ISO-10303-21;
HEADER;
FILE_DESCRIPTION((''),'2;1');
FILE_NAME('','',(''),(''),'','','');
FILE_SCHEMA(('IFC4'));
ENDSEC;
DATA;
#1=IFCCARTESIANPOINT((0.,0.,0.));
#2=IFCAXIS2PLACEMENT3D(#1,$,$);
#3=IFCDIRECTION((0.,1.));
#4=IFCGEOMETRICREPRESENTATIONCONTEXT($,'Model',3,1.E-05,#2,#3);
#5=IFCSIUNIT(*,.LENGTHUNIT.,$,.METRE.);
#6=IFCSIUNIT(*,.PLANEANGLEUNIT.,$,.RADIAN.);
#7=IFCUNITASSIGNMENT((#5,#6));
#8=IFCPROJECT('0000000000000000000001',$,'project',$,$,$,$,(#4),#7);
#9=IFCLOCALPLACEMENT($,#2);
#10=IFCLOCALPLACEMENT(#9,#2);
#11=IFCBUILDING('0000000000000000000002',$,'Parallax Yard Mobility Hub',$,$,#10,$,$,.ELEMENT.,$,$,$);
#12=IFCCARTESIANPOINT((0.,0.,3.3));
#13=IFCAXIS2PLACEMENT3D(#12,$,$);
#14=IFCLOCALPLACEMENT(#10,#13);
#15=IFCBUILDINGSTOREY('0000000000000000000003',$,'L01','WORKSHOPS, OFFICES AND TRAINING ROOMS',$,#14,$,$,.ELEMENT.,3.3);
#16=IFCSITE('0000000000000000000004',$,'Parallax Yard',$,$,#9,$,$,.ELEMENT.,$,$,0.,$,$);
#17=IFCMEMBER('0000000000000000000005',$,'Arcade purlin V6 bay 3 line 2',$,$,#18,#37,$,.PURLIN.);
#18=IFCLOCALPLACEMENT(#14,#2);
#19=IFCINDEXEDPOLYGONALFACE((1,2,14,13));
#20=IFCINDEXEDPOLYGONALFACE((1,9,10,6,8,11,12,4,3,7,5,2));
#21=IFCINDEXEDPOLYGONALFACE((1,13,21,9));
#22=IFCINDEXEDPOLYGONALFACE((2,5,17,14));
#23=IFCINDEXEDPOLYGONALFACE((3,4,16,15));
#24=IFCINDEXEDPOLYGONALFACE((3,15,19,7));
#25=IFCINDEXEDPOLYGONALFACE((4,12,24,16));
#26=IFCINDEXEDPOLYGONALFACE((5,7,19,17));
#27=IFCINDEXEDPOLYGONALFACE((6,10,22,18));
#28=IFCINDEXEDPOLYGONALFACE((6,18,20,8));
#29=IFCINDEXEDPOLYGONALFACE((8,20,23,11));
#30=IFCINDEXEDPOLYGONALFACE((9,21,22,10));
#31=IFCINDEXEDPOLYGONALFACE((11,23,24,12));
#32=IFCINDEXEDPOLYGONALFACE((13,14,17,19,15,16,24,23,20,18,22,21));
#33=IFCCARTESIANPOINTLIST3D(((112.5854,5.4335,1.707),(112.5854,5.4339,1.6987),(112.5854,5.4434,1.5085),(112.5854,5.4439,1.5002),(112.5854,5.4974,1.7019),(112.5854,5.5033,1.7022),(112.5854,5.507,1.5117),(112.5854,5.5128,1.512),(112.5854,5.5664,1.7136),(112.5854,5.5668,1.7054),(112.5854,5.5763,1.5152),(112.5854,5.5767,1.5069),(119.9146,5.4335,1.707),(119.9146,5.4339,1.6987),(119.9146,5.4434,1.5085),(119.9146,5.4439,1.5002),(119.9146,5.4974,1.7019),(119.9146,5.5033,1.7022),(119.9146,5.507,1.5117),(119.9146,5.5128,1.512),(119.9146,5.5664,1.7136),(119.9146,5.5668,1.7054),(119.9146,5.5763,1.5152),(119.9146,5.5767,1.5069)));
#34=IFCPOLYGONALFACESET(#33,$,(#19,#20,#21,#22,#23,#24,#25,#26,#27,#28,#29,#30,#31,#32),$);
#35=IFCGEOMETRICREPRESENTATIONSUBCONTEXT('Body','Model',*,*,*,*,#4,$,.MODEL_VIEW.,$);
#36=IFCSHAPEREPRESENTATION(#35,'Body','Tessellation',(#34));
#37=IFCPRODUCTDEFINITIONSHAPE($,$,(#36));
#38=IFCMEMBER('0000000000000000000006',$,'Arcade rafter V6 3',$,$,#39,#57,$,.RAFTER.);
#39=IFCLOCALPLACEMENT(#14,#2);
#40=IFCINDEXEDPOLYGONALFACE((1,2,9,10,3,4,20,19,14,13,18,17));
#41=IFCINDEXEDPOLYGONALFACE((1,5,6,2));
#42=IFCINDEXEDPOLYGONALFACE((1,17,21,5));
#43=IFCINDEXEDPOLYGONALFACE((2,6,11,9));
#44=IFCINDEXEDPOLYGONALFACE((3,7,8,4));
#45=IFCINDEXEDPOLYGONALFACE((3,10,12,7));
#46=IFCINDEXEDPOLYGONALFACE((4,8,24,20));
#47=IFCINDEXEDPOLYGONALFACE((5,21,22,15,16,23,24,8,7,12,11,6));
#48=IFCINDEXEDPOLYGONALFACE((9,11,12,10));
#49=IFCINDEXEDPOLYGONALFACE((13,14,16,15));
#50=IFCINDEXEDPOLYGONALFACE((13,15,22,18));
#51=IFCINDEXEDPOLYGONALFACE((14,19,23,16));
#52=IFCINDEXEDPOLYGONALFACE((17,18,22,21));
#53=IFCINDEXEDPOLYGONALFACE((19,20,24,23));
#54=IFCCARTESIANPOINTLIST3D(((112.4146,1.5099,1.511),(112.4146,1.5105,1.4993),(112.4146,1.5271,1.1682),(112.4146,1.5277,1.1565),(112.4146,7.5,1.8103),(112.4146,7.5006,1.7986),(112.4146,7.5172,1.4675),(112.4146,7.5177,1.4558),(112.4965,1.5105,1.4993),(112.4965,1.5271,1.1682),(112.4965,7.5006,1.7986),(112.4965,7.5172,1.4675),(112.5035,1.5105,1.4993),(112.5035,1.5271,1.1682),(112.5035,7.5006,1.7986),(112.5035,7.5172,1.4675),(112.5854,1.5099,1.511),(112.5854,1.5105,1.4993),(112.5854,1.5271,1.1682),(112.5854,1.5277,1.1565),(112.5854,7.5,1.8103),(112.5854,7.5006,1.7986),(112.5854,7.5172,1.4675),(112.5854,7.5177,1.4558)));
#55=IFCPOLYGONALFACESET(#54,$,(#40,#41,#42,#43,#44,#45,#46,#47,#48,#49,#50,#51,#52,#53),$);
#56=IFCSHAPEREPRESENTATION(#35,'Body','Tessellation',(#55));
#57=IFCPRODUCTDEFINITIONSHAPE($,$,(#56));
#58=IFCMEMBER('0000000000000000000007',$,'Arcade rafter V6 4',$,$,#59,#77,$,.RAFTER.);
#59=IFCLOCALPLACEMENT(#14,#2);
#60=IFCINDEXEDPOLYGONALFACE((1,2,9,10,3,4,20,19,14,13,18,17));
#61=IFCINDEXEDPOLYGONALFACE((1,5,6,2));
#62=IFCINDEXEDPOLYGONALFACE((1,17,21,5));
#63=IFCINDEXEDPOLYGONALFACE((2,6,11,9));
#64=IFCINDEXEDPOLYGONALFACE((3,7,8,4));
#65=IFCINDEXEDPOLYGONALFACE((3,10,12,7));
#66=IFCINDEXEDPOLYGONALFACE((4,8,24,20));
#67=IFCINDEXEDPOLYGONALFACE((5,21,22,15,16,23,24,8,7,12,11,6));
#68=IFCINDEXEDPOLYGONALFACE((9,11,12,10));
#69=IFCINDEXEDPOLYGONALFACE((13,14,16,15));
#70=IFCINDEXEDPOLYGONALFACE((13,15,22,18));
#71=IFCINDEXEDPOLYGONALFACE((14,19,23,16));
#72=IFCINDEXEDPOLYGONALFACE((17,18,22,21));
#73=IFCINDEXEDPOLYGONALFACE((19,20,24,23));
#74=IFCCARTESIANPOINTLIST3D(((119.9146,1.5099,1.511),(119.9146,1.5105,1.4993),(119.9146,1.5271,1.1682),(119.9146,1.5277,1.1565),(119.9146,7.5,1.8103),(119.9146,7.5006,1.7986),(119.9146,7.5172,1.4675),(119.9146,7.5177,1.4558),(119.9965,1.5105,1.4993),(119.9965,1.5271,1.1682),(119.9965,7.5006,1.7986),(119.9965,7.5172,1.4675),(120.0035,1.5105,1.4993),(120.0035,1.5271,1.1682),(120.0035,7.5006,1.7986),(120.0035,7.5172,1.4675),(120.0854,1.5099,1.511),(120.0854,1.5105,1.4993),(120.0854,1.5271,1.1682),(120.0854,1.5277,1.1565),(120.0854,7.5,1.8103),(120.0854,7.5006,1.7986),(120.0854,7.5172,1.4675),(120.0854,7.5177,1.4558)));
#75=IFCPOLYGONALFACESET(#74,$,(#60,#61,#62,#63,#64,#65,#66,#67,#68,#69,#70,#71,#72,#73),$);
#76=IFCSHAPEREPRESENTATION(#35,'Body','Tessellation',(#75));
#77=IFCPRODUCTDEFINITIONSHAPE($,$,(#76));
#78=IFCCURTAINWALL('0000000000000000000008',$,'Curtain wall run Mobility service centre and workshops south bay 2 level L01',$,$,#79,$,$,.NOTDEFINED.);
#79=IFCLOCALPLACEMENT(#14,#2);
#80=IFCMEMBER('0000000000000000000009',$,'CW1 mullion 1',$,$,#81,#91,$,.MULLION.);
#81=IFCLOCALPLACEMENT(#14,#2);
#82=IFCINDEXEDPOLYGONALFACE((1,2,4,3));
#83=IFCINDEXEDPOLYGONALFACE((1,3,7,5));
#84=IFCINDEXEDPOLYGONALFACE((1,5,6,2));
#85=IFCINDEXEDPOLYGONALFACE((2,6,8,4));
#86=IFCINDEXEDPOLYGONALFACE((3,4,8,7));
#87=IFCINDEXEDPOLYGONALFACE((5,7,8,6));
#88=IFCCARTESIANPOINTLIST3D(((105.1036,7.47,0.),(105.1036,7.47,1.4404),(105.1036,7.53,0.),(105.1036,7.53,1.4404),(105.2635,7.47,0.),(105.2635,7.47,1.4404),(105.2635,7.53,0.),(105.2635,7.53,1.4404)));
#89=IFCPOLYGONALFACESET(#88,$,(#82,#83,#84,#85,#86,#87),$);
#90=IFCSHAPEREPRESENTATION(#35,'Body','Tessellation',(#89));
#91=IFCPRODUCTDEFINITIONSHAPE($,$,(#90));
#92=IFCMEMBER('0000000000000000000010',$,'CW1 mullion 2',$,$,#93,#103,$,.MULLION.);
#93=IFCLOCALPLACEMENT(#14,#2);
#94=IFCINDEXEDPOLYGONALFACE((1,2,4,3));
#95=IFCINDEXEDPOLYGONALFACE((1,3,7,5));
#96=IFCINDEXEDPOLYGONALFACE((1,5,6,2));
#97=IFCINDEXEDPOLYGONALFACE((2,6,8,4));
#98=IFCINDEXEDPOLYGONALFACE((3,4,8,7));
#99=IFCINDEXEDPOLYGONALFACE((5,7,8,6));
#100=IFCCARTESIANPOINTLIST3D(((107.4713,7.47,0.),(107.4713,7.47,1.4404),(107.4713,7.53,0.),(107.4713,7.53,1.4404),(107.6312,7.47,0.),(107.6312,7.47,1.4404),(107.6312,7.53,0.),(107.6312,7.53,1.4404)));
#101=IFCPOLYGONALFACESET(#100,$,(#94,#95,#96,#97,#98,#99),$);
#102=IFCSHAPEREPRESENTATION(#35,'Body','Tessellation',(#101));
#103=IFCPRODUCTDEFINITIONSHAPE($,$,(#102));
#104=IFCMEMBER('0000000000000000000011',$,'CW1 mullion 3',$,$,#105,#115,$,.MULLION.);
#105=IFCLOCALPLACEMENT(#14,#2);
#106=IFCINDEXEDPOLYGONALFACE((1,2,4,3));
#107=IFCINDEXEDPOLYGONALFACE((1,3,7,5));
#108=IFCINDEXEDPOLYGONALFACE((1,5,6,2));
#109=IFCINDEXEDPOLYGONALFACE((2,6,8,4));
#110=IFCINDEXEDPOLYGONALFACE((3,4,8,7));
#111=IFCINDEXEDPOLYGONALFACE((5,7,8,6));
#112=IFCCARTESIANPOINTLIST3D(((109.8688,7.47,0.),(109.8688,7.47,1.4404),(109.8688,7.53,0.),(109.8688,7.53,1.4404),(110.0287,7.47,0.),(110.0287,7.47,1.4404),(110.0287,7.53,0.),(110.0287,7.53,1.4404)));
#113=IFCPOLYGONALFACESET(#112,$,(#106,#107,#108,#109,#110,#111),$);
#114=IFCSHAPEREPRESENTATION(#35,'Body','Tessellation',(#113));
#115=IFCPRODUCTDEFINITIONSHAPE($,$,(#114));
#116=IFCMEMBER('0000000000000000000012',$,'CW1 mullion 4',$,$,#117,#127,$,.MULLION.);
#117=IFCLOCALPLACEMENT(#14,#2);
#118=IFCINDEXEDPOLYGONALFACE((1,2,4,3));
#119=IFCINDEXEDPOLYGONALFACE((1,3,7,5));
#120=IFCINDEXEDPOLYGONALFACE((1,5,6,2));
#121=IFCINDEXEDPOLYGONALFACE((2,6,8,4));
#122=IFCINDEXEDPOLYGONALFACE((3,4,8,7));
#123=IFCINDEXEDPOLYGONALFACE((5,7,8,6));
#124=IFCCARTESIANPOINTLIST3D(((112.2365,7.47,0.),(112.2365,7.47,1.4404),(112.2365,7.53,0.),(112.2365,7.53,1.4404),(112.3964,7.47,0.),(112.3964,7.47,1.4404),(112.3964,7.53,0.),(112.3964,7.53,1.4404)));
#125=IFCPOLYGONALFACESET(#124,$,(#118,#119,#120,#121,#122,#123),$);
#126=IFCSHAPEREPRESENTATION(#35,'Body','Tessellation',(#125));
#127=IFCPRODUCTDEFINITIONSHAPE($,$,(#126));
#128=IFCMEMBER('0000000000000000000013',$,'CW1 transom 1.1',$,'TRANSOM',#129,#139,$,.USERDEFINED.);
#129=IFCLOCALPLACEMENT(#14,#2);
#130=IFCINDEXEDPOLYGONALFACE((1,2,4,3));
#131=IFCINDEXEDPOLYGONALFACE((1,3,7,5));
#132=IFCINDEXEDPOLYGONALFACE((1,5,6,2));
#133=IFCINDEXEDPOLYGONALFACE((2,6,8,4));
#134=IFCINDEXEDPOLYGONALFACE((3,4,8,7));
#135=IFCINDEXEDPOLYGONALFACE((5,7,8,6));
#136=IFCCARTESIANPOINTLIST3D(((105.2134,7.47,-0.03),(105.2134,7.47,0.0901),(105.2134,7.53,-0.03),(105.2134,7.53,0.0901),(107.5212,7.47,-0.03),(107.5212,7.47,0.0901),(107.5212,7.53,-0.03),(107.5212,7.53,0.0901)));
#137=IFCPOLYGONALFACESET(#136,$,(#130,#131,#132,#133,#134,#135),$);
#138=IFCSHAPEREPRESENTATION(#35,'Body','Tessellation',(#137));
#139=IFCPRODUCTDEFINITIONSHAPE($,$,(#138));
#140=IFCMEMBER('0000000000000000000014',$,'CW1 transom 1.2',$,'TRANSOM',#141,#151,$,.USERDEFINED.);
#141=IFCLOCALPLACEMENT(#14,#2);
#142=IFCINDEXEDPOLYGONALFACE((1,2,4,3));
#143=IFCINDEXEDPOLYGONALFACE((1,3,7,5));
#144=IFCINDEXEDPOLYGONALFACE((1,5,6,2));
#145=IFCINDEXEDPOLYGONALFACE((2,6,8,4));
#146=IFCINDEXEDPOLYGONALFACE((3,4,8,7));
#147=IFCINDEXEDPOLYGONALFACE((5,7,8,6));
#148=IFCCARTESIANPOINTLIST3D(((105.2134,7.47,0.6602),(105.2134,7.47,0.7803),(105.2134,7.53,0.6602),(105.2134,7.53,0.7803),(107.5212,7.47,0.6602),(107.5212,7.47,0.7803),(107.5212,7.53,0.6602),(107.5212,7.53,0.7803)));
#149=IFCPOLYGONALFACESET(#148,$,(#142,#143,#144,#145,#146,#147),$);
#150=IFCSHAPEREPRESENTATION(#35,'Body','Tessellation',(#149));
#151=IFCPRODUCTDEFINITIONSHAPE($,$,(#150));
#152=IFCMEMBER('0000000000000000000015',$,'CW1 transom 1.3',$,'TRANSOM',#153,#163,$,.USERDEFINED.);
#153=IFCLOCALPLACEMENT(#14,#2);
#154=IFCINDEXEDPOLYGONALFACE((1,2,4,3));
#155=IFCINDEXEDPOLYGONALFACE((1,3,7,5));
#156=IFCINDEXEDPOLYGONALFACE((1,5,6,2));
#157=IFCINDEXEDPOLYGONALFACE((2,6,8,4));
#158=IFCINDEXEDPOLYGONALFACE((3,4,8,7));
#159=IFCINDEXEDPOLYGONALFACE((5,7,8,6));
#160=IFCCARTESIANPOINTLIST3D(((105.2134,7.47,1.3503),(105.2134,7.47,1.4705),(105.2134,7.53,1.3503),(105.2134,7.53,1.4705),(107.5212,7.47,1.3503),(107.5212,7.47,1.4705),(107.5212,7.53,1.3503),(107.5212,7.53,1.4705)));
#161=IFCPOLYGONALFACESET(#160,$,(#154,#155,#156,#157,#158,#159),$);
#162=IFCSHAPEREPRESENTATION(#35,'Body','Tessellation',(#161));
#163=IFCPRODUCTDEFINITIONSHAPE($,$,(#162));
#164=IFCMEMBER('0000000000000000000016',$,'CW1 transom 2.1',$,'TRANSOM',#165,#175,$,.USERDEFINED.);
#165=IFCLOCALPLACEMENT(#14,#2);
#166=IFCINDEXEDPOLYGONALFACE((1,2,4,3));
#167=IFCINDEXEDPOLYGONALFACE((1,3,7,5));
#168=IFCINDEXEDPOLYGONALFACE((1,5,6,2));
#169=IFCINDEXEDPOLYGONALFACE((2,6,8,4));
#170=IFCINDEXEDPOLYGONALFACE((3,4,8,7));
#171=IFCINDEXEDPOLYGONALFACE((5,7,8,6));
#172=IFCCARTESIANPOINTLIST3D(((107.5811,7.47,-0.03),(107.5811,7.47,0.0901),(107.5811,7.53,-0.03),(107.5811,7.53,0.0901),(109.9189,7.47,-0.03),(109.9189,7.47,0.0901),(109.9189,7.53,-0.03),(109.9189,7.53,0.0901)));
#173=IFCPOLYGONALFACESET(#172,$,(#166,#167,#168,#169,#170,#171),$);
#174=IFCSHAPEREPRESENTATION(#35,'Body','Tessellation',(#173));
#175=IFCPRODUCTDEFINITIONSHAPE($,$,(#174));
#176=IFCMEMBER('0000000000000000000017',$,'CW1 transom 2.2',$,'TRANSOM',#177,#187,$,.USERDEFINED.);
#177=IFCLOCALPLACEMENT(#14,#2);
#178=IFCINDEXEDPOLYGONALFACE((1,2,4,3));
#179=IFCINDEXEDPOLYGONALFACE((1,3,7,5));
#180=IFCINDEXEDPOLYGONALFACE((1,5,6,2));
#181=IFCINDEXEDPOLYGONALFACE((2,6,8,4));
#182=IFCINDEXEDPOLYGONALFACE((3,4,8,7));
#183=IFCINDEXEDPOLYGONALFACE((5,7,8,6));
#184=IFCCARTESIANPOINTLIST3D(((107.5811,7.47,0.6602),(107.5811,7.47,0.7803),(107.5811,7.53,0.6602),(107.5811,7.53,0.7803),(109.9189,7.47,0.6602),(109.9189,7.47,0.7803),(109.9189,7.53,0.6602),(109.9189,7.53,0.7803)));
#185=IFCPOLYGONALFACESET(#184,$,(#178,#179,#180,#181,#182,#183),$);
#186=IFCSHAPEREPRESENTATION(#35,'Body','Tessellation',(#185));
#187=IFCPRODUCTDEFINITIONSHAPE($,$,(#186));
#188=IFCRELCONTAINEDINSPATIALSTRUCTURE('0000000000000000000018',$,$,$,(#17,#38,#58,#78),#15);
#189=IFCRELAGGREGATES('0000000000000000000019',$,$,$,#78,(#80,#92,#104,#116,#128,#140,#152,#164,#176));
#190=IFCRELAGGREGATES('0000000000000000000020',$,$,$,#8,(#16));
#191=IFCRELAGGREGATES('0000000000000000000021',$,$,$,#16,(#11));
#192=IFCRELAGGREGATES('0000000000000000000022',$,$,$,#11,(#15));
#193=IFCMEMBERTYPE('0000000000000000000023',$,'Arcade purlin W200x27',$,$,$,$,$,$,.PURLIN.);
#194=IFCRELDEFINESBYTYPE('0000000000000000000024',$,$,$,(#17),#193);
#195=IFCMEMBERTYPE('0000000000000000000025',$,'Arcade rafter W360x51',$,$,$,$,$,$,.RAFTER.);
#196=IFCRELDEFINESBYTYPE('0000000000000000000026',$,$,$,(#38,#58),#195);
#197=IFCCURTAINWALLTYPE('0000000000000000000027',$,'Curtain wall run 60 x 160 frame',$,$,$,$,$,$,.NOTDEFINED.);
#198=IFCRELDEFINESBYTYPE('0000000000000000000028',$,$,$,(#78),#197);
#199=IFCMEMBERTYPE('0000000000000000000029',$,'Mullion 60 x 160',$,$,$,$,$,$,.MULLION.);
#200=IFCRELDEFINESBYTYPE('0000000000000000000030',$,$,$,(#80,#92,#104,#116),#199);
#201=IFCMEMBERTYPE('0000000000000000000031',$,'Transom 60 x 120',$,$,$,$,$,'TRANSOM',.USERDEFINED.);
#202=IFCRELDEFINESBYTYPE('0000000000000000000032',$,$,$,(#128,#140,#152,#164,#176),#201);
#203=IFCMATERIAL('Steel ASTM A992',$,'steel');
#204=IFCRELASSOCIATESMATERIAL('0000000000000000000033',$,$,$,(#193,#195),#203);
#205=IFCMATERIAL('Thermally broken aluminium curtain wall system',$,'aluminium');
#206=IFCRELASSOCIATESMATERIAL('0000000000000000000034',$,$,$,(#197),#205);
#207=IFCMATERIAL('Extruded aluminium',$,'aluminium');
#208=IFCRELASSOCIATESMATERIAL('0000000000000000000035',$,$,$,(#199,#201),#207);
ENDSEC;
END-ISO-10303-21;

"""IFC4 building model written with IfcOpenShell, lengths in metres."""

from ifc_helpers import new_model, si_unit, direction, frame, origin, origin_2d, place, context, subcontext, project, spatial, rectangle, i_section, extrude, material, material_profile, profile_set, type_object, element, aggregate, save


model = new_model("IFC4")

# Units and contexts
model_context = context("Model", 3, precision=1e-05, world=origin(), true_north=direction((0.0, 1.0)))
body_context = subcontext(model_context, "Body", "Model", "MODEL_VIEW")
ifc_project = project(units=[si_unit("LENGTHUNIT", "METRE"), si_unit("PLANEANGLEUNIT", "RADIAN")], contexts=[model_context])

# Site, building, storey
site_placement = place(None, origin())
site = spatial("IfcSite", under=ifc_project, at=site_placement, Name="Parallax Yard", CompositionType="ELEMENT", RefElevation=0.0)
building_placement = place(site_placement, origin())
building = spatial("IfcBuilding", under=site, at=building_placement, Name="Parallax Yard Mobility Hub", CompositionType="ELEMENT")
storey_placement = place(building_placement, frame((0.0, 0.0, 3.3)))
storey = spatial("IfcBuildingStorey", under=building, at=storey_placement, Name="L01", Description="WORKSHOPS, OFFICES AND TRAINING ROOMS", CompositionType="ELEMENT", Elevation=3.3)

# Shared definitions
ifc_material_1 = material(Name="Steel ASTM A992", Category="steel")

# Members
ifc_material_profile_1 = material_profile(ifc_material_1, i_section(OverallWidth=0.1331, OverallDepth=0.207, WebThickness=0.0059, FlangeThickness=0.0083, at=origin_2d()), Name="W200x27")
ifc_profile_set_1 = profile_set([ifc_material_profile_1], Name="Steel ASTM A992")
member_type_1 = type_object("IfcMemberType", Name="Arcade purlin W200x27", PredefinedType="PURLIN", material=ifc_profile_set_1)
for number, where, z_axis, x_axis, name in (
    (1, (112.5854, 5.5051, 1.6069), (1.0, 0.0, 0.0), (0.0, 0.998752, 0.049938), "Arcade purlin V6 bay 3 line 2"),
):
    element("IfcMember", number, at=place(storey_placement, frame(where, z_axis=z_axis, x_axis=x_axis)), inside=storey, type_object=member_type_1, Name=name, PredefinedType="PURLIN", context=body_context, shape_type="SweptSolid", body=[
        extrude(i_section(OverallWidth=0.1331, OverallDepth=0.207, WebThickness=0.0059, FlangeThickness=0.0083, at=origin_2d()), origin(), (0.0, 0.0, 1.0), 7.3291),
    ])
ifc_material_profile_2 = material_profile(ifc_material_1, i_section(OverallWidth=0.1709, OverallDepth=0.355, WebThickness=0.0071, FlangeThickness=0.0117, at=origin_2d()), Name="W360x51")
ifc_profile_set_2 = profile_set([ifc_material_profile_2], Name="Steel ASTM A992")
member_type_2 = type_object("IfcMemberType", Name="Arcade rafter W360x51", PredefinedType="RAFTER", material=ifc_profile_set_2)
for number, where, z_axis, x_axis, name in (
    (2, (112.5, 1.5188, 1.3337), (0.0, 0.998754, 0.049907), (-1.0, 0.0, 0.0), "Arcade rafter V6 3"),
    (3, (120.0, 1.5188, 1.3337), (0.0, 0.998754, 0.049907), (-1.0, 0.0, 0.0), "Arcade rafter V6 4"),
):
    element("IfcMember", number, at=place(storey_placement, frame(where, z_axis=z_axis, x_axis=x_axis)), inside=storey, type_object=member_type_2, Name=name, PredefinedType="RAFTER", context=body_context, shape_type="SweptSolid", body=[
        extrude(i_section(OverallWidth=0.1709, OverallDepth=0.355, WebThickness=0.0071, FlangeThickness=0.0117, at=origin_2d()), origin(), (0.0, 0.0, 1.0), 5.9976),
    ])

# Curtain wall, members
ifc_material_2 = material(Name="Thermally broken aluminium curtain wall system", Category="aluminium")
curtain_wall_type = type_object("IfcCurtainWallType", Name="Curtain wall run 60 x 160 frame", PredefinedType="NOTDEFINED", material=ifc_material_2)
curtain_wall_placement = place(storey_placement, origin())
curtain_wall = element("IfcCurtainWall", 4, at=curtain_wall_placement, inside=storey, type_object=curtain_wall_type, Name="Curtain wall run Mobility service centre and workshops south bay 2 level L01", PredefinedType="NOTDEFINED")
ifc_material_3 = material(Name="Extruded aluminium", Category="aluminium")
ifc_material_profile_3 = material_profile(ifc_material_3, rectangle(XDim=0.0601, YDim=0.1599, at=origin_2d()), Name="Mullion 60 x 160")
ifc_profile_set_3 = profile_set([ifc_material_profile_3], Name="Extruded aluminium")
member_type_3 = type_object("IfcMemberType", Name="Mullion 60 x 160", PredefinedType="MULLION", material=ifc_profile_set_3)
member_1_placement = place(storey_placement, frame((105.1836, 7.5, 0.0), z_axis=(0.0, 0.0, 1.0), x_axis=(0.0, 1.0, 0.0)))
member_1 = element("IfcMember", 5, at=member_1_placement, type_object=member_type_3, Name="CW1 mullion 1", PredefinedType="MULLION", context=body_context, shape_type="SweptSolid", body=[
    extrude(rectangle(XDim=0.0601, YDim=0.1599, at=origin_2d()), origin(), (0.0, 0.0, 1.0), 1.4404),
])
member_2_placement = place(storey_placement, frame((107.5513, 7.5, 0.0), z_axis=(0.0, 0.0, 1.0), x_axis=(0.0, 1.0, 0.0)))
member_2 = element("IfcMember", 6, at=member_2_placement, type_object=member_type_3, Name="CW1 mullion 2", PredefinedType="MULLION", context=body_context, shape_type="SweptSolid", body=[
    extrude(rectangle(XDim=0.0601, YDim=0.1599, at=origin_2d()), origin(), (0.0, 0.0, 1.0), 1.4404),
])
member_3_placement = place(storey_placement, frame((109.9487, 7.5, 0.0), z_axis=(0.0, 0.0, 1.0), x_axis=(0.0, 1.0, 0.0)))
member_3 = element("IfcMember", 7, at=member_3_placement, type_object=member_type_3, Name="CW1 mullion 3", PredefinedType="MULLION", context=body_context, shape_type="SweptSolid", body=[
    extrude(rectangle(XDim=0.0601, YDim=0.1599, at=origin_2d()), origin(), (0.0, 0.0, 1.0), 1.4404),
])
member_4_placement = place(storey_placement, frame((112.3164, 7.5, 0.0), z_axis=(0.0, 0.0, 1.0), x_axis=(0.0, 1.0, 0.0)))
member_4 = element("IfcMember", 8, at=member_4_placement, type_object=member_type_3, Name="CW1 mullion 4", PredefinedType="MULLION", context=body_context, shape_type="SweptSolid", body=[
    extrude(rectangle(XDim=0.0601, YDim=0.1599, at=origin_2d()), origin(), (0.0, 0.0, 1.0), 1.4404),
])
ifc_material_profile_4 = material_profile(ifc_material_3, rectangle(XDim=0.0601, YDim=0.1201, at=origin_2d()), Name="Transom 60 x 120")
ifc_profile_set_4 = profile_set([ifc_material_profile_4], Name="Extruded aluminium")
member_type_4 = type_object("IfcMemberType", Name="Transom 60 x 120", ElementType="TRANSOM", PredefinedType="USERDEFINED", material=ifc_profile_set_4)
member_5_placement = place(storey_placement, frame((105.2134, 7.5, 0.03), z_axis=(1.0, 0.0, 0.0), x_axis=(0.0, 1.0, 0.0)))
member_5 = element("IfcMember", 9, at=member_5_placement, type_object=member_type_4, Name="CW1 transom 1.1", ObjectType="TRANSOM", PredefinedType="USERDEFINED", context=body_context, shape_type="SweptSolid", body=[
    extrude(rectangle(XDim=0.0601, YDim=0.1201, at=origin_2d()), origin(), (0.0, 0.0, 1.0), 2.3079),
])
member_6_placement = place(storey_placement, frame((105.2134, 7.5, 0.7202), z_axis=(1.0, 0.0, 0.0), x_axis=(0.0, 1.0, 0.0)))
member_6 = element("IfcMember", 10, at=member_6_placement, type_object=member_type_4, Name="CW1 transom 1.2", ObjectType="TRANSOM", PredefinedType="USERDEFINED", context=body_context, shape_type="SweptSolid", body=[
    extrude(rectangle(XDim=0.0601, YDim=0.1201, at=origin_2d()), origin(), (0.0, 0.0, 1.0), 2.3079),
])
member_7_placement = place(storey_placement, frame((105.2134, 7.5, 1.4104), z_axis=(1.0, 0.0, 0.0), x_axis=(0.0, 1.0, 0.0)))
member_7 = element("IfcMember", 11, at=member_7_placement, type_object=member_type_4, Name="CW1 transom 1.3", ObjectType="TRANSOM", PredefinedType="USERDEFINED", context=body_context, shape_type="SweptSolid", body=[
    extrude(rectangle(XDim=0.0601, YDim=0.1201, at=origin_2d()), origin(), (0.0, 0.0, 1.0), 2.3079),
])
member_8_placement = place(storey_placement, frame((107.5811, 7.5, 0.03), z_axis=(1.0, 0.0, 0.0), x_axis=(0.0, 1.0, 0.0)))
member_8 = element("IfcMember", 12, at=member_8_placement, type_object=member_type_4, Name="CW1 transom 2.1", ObjectType="TRANSOM", PredefinedType="USERDEFINED", context=body_context, shape_type="SweptSolid", body=[
    extrude(rectangle(XDim=0.0601, YDim=0.1201, at=origin_2d()), origin(), (0.0, 0.0, 1.0), 2.3379),
])
member_9_placement = place(storey_placement, frame((107.5811, 7.5, 0.7202), z_axis=(1.0, 0.0, 0.0), x_axis=(0.0, 1.0, 0.0)))
member_9 = element("IfcMember", 13, at=member_9_placement, type_object=member_type_4, Name="CW1 transom 2.2", ObjectType="TRANSOM", PredefinedType="USERDEFINED", context=body_context, shape_type="SweptSolid", body=[
    extrude(rectangle(XDim=0.0601, YDim=0.1201, at=origin_2d()), origin(), (0.0, 0.0, 1.0), 2.3379),
])

aggregate(curtain_wall, [member_1, member_2, member_3, member_4, member_5, member_6, member_7, member_8, member_9])

save(model, "model.ifc")
